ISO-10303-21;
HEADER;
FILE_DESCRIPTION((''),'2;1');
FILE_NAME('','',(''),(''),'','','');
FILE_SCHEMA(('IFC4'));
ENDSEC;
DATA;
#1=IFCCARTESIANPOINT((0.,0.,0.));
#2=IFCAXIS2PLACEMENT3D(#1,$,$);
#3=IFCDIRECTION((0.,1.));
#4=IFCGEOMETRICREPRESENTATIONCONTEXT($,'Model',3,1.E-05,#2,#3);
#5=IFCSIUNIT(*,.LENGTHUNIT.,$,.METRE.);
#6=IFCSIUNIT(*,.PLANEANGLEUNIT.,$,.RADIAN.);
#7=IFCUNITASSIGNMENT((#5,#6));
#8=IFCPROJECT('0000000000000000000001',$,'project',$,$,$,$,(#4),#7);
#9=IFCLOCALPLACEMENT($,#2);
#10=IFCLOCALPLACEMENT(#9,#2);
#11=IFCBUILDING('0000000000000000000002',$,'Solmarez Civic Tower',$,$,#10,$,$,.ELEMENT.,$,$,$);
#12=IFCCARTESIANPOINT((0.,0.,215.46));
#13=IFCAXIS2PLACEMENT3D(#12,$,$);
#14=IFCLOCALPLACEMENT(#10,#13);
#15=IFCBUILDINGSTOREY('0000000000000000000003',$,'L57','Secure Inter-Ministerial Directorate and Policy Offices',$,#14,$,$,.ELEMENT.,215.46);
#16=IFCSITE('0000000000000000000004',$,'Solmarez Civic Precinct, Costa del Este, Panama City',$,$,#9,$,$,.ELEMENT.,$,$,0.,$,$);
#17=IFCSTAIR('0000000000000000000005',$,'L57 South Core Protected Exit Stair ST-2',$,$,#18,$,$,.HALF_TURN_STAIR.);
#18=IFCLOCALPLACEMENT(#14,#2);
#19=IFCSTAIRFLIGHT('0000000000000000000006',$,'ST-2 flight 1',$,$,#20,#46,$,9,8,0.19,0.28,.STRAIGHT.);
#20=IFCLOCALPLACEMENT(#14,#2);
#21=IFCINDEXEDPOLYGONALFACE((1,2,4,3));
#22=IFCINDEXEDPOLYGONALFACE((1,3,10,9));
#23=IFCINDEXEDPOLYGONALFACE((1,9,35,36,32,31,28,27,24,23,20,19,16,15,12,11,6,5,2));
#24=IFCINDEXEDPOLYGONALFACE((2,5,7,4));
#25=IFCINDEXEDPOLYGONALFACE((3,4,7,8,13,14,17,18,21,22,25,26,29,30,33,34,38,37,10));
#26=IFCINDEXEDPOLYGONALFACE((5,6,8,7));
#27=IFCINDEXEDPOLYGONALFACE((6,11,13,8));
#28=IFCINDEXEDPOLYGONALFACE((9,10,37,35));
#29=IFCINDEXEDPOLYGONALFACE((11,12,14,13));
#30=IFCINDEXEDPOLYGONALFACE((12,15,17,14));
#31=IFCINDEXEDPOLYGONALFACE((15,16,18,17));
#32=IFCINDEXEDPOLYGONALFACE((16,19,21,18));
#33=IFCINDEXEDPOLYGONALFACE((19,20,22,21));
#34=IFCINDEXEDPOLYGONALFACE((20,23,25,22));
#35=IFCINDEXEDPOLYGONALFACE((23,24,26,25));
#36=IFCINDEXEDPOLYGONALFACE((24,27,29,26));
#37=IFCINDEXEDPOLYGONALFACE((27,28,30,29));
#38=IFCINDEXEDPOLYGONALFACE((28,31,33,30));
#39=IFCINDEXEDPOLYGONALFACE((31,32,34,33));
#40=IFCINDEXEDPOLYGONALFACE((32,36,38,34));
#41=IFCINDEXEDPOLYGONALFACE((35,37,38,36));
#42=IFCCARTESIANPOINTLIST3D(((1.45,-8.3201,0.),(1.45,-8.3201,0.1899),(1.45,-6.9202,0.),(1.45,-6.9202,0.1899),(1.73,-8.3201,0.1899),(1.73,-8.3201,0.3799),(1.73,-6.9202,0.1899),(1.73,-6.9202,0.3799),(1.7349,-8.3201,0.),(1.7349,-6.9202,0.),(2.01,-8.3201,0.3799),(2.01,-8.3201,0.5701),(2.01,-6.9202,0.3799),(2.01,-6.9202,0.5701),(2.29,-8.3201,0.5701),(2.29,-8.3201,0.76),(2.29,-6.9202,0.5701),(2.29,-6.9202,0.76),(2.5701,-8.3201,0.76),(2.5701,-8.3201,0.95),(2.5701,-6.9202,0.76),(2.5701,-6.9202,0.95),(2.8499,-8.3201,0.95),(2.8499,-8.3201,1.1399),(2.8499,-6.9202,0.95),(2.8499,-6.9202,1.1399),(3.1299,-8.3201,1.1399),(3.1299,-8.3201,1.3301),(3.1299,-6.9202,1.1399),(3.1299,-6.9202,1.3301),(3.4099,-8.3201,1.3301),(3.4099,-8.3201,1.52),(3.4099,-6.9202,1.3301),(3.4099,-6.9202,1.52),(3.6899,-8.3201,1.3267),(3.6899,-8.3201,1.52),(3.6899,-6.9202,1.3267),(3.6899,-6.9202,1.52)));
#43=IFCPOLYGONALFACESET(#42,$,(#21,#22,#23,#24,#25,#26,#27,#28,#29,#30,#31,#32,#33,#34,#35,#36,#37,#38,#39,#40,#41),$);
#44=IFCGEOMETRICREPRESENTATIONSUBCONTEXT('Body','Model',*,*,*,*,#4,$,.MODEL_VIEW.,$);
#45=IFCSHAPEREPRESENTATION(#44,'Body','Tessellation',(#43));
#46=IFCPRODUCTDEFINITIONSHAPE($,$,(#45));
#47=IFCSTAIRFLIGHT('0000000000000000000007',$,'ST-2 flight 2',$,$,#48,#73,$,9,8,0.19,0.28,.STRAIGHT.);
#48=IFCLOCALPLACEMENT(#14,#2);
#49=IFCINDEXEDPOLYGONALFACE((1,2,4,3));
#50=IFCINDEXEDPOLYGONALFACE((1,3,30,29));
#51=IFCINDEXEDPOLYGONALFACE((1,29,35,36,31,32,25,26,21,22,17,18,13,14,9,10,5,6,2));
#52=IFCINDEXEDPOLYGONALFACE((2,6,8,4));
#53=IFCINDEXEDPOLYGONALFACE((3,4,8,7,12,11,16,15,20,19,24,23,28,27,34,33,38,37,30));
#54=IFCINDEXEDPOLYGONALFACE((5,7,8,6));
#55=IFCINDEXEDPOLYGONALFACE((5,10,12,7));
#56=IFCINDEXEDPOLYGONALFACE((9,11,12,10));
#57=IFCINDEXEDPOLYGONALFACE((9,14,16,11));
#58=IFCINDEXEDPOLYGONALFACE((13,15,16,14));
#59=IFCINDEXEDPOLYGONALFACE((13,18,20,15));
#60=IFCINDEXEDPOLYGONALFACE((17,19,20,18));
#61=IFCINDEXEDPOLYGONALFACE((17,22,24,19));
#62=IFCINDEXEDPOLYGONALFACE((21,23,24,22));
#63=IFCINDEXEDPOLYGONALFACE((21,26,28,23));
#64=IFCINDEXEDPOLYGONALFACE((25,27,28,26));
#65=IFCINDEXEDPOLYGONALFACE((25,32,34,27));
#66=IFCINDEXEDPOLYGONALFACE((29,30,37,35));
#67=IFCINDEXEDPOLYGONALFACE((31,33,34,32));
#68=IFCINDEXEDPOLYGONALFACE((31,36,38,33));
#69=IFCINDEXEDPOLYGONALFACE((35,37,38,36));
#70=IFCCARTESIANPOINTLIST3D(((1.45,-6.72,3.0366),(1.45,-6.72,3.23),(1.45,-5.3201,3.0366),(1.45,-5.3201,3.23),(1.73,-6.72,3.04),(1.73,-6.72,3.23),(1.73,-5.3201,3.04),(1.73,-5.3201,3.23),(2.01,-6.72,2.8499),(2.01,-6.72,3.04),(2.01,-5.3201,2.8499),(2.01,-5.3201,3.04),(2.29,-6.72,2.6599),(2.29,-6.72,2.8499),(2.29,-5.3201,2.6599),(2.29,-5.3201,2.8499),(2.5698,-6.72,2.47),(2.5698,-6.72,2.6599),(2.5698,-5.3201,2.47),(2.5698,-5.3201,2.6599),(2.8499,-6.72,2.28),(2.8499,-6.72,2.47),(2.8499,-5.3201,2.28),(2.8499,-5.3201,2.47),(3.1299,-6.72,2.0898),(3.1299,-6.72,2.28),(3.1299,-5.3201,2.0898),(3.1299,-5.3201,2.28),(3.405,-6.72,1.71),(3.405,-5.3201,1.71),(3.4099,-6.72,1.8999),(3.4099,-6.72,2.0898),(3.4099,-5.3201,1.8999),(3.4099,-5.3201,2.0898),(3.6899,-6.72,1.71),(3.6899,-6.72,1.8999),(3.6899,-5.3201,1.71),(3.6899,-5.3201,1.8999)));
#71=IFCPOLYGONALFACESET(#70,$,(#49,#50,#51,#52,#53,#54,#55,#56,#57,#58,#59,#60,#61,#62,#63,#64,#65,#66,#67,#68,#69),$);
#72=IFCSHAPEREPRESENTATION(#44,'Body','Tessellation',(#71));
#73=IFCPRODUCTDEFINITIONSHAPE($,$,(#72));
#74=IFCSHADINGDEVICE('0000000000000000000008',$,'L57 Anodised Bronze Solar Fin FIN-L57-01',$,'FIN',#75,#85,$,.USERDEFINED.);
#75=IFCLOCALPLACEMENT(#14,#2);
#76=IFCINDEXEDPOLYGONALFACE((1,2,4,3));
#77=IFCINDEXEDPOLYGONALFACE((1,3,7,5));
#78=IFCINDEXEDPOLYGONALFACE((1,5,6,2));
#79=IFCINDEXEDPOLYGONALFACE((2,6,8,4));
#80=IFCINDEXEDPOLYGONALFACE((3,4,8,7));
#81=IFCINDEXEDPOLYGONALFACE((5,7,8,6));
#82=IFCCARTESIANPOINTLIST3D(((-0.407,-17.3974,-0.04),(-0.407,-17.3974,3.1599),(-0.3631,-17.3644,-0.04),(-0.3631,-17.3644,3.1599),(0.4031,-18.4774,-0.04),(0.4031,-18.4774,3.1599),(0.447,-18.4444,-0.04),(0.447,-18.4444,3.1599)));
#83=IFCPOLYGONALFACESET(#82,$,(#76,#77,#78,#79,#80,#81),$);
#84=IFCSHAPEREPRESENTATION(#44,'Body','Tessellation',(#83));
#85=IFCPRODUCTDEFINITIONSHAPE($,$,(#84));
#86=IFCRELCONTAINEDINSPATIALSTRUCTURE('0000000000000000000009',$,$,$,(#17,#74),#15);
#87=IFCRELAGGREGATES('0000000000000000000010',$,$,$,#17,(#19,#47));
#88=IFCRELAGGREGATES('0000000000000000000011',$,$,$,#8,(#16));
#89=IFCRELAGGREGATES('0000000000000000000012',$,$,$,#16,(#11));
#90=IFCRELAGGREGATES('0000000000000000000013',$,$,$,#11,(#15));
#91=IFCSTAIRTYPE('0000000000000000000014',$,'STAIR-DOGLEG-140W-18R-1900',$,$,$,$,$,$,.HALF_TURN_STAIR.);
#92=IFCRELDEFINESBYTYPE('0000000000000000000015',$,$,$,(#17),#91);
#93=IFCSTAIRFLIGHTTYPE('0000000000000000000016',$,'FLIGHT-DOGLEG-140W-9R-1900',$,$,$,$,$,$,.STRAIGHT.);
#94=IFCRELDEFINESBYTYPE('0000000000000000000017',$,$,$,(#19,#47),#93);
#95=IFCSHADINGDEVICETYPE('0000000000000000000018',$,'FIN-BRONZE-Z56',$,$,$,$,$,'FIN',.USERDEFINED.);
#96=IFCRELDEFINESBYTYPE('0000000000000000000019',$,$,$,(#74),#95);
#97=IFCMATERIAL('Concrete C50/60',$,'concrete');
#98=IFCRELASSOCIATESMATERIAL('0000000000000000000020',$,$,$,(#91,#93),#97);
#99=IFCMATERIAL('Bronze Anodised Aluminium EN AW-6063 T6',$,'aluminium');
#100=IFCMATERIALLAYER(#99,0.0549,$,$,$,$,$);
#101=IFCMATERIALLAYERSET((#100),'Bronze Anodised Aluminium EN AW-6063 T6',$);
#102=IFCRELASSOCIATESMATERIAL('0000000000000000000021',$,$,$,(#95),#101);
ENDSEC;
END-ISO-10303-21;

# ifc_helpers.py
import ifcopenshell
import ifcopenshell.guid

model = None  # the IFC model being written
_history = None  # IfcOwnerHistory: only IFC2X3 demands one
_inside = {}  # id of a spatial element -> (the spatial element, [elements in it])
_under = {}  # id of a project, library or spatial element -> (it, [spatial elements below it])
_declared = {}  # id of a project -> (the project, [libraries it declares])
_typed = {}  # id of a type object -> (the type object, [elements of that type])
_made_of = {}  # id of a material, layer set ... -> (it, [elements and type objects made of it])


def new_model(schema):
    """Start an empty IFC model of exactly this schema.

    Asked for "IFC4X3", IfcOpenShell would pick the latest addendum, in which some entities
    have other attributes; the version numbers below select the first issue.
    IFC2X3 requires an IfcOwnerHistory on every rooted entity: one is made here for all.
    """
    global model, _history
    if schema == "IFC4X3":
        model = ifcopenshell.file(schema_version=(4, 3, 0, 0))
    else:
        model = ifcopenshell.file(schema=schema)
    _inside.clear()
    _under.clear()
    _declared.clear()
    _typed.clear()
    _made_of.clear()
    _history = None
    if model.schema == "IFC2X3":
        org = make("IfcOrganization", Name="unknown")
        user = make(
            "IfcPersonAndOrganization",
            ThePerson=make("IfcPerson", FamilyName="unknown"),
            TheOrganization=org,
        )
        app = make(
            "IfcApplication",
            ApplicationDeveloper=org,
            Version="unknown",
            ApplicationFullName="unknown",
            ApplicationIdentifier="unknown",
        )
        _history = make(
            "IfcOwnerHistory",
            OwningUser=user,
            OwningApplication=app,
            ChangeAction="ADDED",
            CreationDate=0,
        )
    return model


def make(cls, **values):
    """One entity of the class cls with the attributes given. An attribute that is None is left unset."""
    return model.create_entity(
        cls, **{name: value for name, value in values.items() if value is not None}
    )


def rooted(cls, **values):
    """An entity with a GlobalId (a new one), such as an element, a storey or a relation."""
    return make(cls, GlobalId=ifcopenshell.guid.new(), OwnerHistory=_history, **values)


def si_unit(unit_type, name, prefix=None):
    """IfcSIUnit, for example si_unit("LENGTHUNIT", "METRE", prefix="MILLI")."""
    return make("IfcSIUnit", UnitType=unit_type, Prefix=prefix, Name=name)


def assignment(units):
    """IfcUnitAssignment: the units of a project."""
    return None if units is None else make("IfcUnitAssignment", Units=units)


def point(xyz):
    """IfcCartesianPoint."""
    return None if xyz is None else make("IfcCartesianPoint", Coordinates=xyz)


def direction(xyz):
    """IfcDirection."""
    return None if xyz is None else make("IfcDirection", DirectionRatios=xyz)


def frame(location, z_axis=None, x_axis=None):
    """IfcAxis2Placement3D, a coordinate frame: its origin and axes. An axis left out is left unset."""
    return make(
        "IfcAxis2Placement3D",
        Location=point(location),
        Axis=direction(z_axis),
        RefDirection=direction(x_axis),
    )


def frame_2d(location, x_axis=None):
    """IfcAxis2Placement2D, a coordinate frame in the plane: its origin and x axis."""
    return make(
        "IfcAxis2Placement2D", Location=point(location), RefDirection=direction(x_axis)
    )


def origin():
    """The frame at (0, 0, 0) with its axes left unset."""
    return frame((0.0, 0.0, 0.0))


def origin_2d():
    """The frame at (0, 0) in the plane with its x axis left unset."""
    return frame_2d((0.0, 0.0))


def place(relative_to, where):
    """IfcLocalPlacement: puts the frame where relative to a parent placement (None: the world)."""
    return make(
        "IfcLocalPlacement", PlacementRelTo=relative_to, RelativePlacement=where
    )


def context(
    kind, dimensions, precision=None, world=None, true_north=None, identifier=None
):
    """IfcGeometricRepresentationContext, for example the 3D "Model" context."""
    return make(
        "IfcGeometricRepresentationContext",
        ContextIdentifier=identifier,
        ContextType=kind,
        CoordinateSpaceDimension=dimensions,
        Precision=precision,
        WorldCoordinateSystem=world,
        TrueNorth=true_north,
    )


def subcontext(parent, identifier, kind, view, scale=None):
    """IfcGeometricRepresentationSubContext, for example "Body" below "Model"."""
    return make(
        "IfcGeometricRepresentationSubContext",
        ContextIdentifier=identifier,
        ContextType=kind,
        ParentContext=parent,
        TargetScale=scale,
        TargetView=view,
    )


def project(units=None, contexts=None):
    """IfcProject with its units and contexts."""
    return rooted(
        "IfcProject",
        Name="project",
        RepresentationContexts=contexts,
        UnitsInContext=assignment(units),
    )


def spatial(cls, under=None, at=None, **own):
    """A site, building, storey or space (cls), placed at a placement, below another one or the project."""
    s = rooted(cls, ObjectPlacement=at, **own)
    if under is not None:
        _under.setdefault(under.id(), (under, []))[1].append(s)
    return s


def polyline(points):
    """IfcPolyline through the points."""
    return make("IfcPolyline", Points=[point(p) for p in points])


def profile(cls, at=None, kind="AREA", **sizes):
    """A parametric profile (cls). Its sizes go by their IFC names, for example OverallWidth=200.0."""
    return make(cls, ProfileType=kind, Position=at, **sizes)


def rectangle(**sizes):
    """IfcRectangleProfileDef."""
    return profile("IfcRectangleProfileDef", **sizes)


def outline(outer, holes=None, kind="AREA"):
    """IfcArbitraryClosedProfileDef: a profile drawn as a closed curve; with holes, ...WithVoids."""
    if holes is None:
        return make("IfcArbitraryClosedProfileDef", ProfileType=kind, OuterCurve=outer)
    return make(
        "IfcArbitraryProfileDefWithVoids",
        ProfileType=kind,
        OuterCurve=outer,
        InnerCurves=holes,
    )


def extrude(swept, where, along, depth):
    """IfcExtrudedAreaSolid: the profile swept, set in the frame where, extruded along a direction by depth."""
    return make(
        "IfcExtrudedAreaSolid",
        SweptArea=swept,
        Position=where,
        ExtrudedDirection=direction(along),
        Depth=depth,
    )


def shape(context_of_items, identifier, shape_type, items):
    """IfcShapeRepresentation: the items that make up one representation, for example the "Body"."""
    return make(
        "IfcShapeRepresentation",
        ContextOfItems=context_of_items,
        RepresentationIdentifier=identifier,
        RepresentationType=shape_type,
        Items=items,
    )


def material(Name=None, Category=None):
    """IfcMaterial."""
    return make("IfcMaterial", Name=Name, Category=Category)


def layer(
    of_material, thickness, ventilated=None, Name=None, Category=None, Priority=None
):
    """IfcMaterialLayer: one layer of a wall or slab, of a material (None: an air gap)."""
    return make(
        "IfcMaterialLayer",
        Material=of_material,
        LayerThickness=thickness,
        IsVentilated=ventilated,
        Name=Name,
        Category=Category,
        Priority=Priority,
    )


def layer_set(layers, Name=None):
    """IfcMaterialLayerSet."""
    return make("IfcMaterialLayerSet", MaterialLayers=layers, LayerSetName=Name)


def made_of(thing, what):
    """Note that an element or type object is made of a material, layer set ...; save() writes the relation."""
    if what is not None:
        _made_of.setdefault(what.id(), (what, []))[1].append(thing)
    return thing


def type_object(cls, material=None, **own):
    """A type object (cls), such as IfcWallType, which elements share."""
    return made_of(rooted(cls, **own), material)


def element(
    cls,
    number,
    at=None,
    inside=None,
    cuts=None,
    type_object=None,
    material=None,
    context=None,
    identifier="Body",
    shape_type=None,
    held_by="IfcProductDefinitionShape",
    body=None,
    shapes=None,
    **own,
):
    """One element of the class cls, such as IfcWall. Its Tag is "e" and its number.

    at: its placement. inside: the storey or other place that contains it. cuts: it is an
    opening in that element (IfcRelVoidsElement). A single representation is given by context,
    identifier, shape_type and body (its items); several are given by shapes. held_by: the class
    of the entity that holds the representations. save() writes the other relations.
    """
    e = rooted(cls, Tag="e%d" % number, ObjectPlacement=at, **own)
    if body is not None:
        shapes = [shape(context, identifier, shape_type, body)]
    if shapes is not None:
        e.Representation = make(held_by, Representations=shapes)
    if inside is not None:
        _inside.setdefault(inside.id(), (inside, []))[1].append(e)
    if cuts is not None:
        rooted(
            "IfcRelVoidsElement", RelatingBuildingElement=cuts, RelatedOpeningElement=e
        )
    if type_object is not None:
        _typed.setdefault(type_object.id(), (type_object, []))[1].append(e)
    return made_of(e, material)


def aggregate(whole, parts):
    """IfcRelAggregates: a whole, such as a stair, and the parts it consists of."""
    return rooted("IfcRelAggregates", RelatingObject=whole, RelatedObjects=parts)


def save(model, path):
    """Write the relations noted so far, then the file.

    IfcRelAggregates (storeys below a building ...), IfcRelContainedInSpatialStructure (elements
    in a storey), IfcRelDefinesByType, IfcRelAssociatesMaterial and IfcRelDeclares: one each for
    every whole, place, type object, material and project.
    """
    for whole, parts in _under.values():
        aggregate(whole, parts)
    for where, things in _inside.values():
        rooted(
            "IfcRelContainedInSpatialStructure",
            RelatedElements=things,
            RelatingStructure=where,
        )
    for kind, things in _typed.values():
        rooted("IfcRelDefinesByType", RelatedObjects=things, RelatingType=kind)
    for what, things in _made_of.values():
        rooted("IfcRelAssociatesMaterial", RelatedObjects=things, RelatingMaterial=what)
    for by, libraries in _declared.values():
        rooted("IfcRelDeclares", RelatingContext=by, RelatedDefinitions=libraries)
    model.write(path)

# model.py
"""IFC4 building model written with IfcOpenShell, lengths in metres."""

from ifc_helpers import new_model, si_unit, direction, frame, origin, origin_2d, place, context, subcontext, project, spatial, polyline, rectangle, outline, extrude, material, layer, layer_set, type_object, element, aggregate, save


model = new_model("IFC4")

# Units and contexts
model_context = context("Model", 3, precision=1e-05, world=origin(), true_north=direction((0.0, 1.0)))
body_context = subcontext(model_context, "Body", "Model", "MODEL_VIEW")
ifc_project = project(units=[si_unit("LENGTHUNIT", "METRE"), si_unit("PLANEANGLEUNIT", "RADIAN")], contexts=[model_context])

# Site, building, storey
site_placement = place(None, origin())
site = spatial("IfcSite", under=ifc_project, at=site_placement, Name="Solmarez Civic Precinct, Costa del Este, Panama City", CompositionType="ELEMENT", RefElevation=0.0)
building_placement = place(site_placement, origin())
building = spatial("IfcBuilding", under=site, at=building_placement, Name="Solmarez Civic Tower", CompositionType="ELEMENT")
storey_placement = place(building_placement, frame((0.0, 0.0, 215.46)))
storey = spatial("IfcBuildingStorey", under=building, at=storey_placement, Name="L57", Description="Secure Inter-Ministerial Directorate and Policy Offices", CompositionType="ELEMENT", Elevation=215.46)

# Shared definitions
ifc_material_1 = material(Name="Concrete C50/60", Category="concrete")

# Shared definitions
ifc_material_2 = material(Name="Bronze Anodised Aluminium EN AW-6063 T6", Category="aluminium")

# Stair, stair flights
stair_type = type_object("IfcStairType", Name="STAIR-DOGLEG-140W-18R-1900", PredefinedType="HALF_TURN_STAIR", material=ifc_material_1)
stair_placement = place(storey_placement, origin())
stair = element("IfcStair", 1, at=stair_placement, inside=storey, type_object=stair_type, Name="L57 South Core Protected Exit Stair ST-2", PredefinedType="HALF_TURN_STAIR")
stair_flight_type = type_object("IfcStairFlightType", Name="FLIGHT-DOGLEG-140W-9R-1900", PredefinedType="STRAIGHT", material=ifc_material_1)
stair_flight_1_placement = place(storey_placement, frame((1.45, -7.6201, 0.0), z_axis=(0.0, 0.0, 1.0), x_axis=(1.0, 0.0, 0.0)))
stair_flight_1 = element("IfcStairFlight", 2, at=stair_flight_1_placement, type_object=stair_flight_type, Name="ST-2 flight 1", NumberOfRisers=9, NumberOfTreads=8, PredefinedType="STRAIGHT", RiserHeight=0.19, TreadLength=0.28, context=body_context, shape_type="SweptSolid", body=[
    extrude(outline(polyline([(0.0, 0.0), (0.0, 0.1899), (0.28, 0.1899), (0.28, 0.3799), (0.5601, 0.3799), (0.5601, 0.5701), (0.8401, 0.5701), (0.8401, 0.76), (1.1201, 0.76), (1.1201, 0.95), (1.3999, 0.95), (1.3999, 1.1399), (1.6799, 1.1399), (1.6799, 1.3301), (1.96, 1.3301), (1.96, 1.52), (2.24, 1.52), (2.24, 1.71), (2.24, 1.3267), (0.2849, 0.0), (0.0, 0.0)])), frame((0.0, 0.7, 0.0), z_axis=(0.0, -1.0, 0.0), x_axis=(1.0, 0.0, 0.0)), (0.0, 0.0, 1.0), 1.3999),
])
stair_flight_2_placement = place(storey_placement, frame((3.6899, -6.02, 1.71), z_axis=(0.0, 0.0, 1.0), x_axis=(-1.0, 0.0, 0.0)))
stair_flight_2 = element("IfcStairFlight", 3, at=stair_flight_2_placement, type_object=stair_flight_type, Name="ST-2 flight 2", NumberOfRisers=9, NumberOfTreads=8, PredefinedType="STRAIGHT", RiserHeight=0.19, TreadLength=0.28, context=body_context, shape_type="SweptSolid", body=[
    extrude(outline(polyline([(0.0, 0.0), (0.0, 0.1899), (0.28, 0.1899), (0.28, 0.3799), (0.5601, 0.3799), (0.5601, 0.5701), (0.8401, 0.5701), (0.8401, 0.76), (1.1201, 0.76), (1.1201, 0.95), (1.3999, 0.95), (1.3999, 1.1399), (1.6799, 1.1399), (1.6799, 1.3301), (1.96, 1.3301), (1.96, 1.52), (2.24, 1.52), (2.24, 1.71), (2.24, 1.3267), (0.2849, 0.0), (0.0, 0.0)])), frame((0.0, 0.7, 0.0), z_axis=(0.0, -1.0, 0.0), x_axis=(1.0, 0.0, 0.0)), (0.0, 0.0, 1.0), 1.3999),
])
aggregate(stair, [stair_flight_1, stair_flight_2])

# Shading device
ifc_layer_1 = layer(ifc_material_2, 0.0549)
ifc_layer_set_1 = layer_set([ifc_layer_1], Name="Bronze Anodised Aluminium EN AW-6063 T6")
shading_device_type = type_object("IfcShadingDeviceType", Name="FIN-BRONZE-Z56", ElementType="FIN", PredefinedType="USERDEFINED", material=ifc_layer_set_1)
shading_device_placement = place(storey_placement, frame((0.02, -17.9209, -0.04), z_axis=(0.0, 0.0, 1.0), x_axis=(0.600043, -0.799968, 0.0)))
element("IfcShadingDevice", 4, at=shading_device_placement, inside=storey, type_object=shading_device_type, Name="L57 Anodised Bronze Solar Fin FIN-L57-01", ObjectType="FIN", PredefinedType="USERDEFINED", context=body_context, shape_type="SweptSolid", body=[
    extrude(rectangle(XDim=1.3501, YDim=0.0549, at=origin_2d()), origin(), (0.0, 0.0, 1.0), 3.2),
])

save(model, "model.ifc")
